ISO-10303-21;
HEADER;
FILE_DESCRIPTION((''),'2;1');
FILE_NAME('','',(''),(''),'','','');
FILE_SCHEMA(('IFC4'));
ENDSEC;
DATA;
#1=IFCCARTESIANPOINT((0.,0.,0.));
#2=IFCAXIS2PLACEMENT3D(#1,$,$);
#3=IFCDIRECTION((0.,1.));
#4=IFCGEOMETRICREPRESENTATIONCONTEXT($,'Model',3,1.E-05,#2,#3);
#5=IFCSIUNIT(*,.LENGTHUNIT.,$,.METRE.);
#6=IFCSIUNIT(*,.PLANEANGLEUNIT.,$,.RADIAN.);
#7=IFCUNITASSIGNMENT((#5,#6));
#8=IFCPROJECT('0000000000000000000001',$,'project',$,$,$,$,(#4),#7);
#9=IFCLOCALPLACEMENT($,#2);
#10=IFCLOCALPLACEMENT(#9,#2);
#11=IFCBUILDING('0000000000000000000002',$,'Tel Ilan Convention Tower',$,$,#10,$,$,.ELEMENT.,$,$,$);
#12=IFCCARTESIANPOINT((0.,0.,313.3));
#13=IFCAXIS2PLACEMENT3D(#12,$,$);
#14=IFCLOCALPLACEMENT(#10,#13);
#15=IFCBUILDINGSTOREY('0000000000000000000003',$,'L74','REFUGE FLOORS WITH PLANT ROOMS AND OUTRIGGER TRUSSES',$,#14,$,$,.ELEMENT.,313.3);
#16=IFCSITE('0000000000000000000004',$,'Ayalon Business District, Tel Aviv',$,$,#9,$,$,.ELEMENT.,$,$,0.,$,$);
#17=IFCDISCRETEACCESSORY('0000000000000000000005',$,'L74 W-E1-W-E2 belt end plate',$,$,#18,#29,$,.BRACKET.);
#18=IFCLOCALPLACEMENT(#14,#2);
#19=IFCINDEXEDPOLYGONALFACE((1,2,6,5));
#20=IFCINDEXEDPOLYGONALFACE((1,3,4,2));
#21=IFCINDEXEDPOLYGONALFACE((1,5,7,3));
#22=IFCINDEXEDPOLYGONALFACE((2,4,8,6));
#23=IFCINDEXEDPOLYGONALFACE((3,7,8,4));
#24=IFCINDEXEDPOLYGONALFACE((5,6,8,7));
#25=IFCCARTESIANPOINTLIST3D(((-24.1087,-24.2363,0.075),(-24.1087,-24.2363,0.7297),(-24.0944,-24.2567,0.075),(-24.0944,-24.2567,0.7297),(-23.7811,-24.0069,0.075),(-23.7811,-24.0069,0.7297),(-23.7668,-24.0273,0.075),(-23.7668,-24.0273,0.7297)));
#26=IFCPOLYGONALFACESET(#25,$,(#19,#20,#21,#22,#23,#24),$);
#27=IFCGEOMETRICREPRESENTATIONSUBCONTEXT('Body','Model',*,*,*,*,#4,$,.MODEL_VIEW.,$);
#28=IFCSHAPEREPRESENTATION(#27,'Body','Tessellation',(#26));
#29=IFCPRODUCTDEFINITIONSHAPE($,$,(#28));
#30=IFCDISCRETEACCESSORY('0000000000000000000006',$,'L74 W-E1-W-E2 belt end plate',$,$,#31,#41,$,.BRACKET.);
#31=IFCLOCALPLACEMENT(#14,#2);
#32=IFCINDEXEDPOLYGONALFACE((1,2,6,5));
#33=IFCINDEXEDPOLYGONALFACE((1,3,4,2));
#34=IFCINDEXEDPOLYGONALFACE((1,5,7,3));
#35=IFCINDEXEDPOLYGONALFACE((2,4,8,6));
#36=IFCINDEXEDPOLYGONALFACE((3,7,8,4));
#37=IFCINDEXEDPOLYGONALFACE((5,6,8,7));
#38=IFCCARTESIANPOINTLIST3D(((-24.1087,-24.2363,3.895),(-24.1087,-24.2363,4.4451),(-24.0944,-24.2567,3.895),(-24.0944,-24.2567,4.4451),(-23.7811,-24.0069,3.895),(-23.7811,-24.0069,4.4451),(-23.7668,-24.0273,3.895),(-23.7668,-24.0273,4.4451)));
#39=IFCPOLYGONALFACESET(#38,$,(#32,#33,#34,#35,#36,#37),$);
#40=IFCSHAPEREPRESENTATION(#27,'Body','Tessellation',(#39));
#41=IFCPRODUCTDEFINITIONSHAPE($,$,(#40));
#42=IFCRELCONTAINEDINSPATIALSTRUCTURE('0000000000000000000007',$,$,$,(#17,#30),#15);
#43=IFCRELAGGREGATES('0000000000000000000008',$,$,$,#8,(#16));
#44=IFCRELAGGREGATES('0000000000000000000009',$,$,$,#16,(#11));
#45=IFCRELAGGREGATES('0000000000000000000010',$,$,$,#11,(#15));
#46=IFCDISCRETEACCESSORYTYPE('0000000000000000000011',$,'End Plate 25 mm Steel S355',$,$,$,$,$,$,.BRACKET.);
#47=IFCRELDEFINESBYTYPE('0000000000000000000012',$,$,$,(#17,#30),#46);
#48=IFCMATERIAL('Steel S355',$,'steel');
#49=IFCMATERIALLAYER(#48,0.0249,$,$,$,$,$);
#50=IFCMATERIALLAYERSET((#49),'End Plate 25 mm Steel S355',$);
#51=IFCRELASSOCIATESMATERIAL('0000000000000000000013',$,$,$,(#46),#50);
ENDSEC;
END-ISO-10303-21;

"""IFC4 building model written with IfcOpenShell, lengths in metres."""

from ifc_helpers import new_model, si_unit, direction, frame, origin, origin_2d, place, context, subcontext, project, spatial, rectangle, extrude, material, layer, layer_set, type_object, element, save


model = new_model("IFC4")

# Units and contexts
model_context = context("Model", 3, precision=1e-05, world=origin(), true_north=direction((0.0, 1.0)))
body_context = subcontext(model_context, "Body", "Model", "MODEL_VIEW")
ifc_project = project(units=[si_unit("LENGTHUNIT", "METRE"), si_unit("PLANEANGLEUNIT", "RADIAN")], contexts=[model_context])

# Site, building, storey
site_placement = place(None, origin())
site = spatial("IfcSite", under=ifc_project, at=site_placement, Name="Ayalon Business District, Tel Aviv", CompositionType="ELEMENT", RefElevation=0.0)
building_placement = place(site_placement, origin())
building = spatial("IfcBuilding", under=site, at=building_placement, Name="Tel Ilan Convention Tower", CompositionType="ELEMENT")
storey_placement = place(building_placement, frame((0.0, 0.0, 313.3)))
storey = spatial("IfcBuildingStorey", under=building, at=storey_placement, Name="L74", Description="REFUGE FLOORS WITH PLANT ROOMS AND OUTRIGGER TRUSSES", CompositionType="ELEMENT", Elevation=313.3)

# Discrete accessories
ifc_material_1 = material(Name="Steel S355", Category="steel")
ifc_layer_1 = layer(ifc_material_1, 0.0249)
ifc_layer_set_1 = layer_set([ifc_layer_1], Name="End Plate 25 mm Steel S355")
discrete_accessory_type_1 = type_object("IfcDiscreteAccessoryType", Name="End Plate 25 mm Steel S355", PredefinedType="BRACKET", material=ifc_layer_set_1)
discrete_accessory_1_placement = place(storey_placement, frame((-23.9377, -24.1318, 0.075), z_axis=(0.0, 0.0, 1.0), x_axis=(0.573576, -0.819152, 0.0)))
element("IfcDiscreteAccessory", 1, at=discrete_accessory_1_placement, inside=storey, type_object=discrete_accessory_type_1, Name="L74 W-E1-W-E2 belt end plate", PredefinedType="BRACKET", context=body_context, shape_type="SweptSolid", body=[
    extrude(rectangle(XDim=0.0249, YDim=0.3999, at=origin_2d()), origin(), (0.0, 0.0, 1.0), 0.6548),
])
discrete_accessory_2_placement = place(storey_placement, frame((-23.9377, -24.1318, 3.895), z_axis=(0.0, 0.0, 1.0), x_axis=(0.573576, -0.819152, 0.0)))
element("IfcDiscreteAccessory", 2, at=discrete_accessory_2_placement, inside=storey, type_object=discrete_accessory_type_1, Name="L74 W-E1-W-E2 belt end plate", PredefinedType="BRACKET", context=body_context, shape_type="SweptSolid", body=[
    extrude(rectangle(XDim=0.0249, YDim=0.3999, at=origin_2d()), origin(), (0.0, 0.0, 1.0), 0.55),
])

save(model, "model.ifc")
